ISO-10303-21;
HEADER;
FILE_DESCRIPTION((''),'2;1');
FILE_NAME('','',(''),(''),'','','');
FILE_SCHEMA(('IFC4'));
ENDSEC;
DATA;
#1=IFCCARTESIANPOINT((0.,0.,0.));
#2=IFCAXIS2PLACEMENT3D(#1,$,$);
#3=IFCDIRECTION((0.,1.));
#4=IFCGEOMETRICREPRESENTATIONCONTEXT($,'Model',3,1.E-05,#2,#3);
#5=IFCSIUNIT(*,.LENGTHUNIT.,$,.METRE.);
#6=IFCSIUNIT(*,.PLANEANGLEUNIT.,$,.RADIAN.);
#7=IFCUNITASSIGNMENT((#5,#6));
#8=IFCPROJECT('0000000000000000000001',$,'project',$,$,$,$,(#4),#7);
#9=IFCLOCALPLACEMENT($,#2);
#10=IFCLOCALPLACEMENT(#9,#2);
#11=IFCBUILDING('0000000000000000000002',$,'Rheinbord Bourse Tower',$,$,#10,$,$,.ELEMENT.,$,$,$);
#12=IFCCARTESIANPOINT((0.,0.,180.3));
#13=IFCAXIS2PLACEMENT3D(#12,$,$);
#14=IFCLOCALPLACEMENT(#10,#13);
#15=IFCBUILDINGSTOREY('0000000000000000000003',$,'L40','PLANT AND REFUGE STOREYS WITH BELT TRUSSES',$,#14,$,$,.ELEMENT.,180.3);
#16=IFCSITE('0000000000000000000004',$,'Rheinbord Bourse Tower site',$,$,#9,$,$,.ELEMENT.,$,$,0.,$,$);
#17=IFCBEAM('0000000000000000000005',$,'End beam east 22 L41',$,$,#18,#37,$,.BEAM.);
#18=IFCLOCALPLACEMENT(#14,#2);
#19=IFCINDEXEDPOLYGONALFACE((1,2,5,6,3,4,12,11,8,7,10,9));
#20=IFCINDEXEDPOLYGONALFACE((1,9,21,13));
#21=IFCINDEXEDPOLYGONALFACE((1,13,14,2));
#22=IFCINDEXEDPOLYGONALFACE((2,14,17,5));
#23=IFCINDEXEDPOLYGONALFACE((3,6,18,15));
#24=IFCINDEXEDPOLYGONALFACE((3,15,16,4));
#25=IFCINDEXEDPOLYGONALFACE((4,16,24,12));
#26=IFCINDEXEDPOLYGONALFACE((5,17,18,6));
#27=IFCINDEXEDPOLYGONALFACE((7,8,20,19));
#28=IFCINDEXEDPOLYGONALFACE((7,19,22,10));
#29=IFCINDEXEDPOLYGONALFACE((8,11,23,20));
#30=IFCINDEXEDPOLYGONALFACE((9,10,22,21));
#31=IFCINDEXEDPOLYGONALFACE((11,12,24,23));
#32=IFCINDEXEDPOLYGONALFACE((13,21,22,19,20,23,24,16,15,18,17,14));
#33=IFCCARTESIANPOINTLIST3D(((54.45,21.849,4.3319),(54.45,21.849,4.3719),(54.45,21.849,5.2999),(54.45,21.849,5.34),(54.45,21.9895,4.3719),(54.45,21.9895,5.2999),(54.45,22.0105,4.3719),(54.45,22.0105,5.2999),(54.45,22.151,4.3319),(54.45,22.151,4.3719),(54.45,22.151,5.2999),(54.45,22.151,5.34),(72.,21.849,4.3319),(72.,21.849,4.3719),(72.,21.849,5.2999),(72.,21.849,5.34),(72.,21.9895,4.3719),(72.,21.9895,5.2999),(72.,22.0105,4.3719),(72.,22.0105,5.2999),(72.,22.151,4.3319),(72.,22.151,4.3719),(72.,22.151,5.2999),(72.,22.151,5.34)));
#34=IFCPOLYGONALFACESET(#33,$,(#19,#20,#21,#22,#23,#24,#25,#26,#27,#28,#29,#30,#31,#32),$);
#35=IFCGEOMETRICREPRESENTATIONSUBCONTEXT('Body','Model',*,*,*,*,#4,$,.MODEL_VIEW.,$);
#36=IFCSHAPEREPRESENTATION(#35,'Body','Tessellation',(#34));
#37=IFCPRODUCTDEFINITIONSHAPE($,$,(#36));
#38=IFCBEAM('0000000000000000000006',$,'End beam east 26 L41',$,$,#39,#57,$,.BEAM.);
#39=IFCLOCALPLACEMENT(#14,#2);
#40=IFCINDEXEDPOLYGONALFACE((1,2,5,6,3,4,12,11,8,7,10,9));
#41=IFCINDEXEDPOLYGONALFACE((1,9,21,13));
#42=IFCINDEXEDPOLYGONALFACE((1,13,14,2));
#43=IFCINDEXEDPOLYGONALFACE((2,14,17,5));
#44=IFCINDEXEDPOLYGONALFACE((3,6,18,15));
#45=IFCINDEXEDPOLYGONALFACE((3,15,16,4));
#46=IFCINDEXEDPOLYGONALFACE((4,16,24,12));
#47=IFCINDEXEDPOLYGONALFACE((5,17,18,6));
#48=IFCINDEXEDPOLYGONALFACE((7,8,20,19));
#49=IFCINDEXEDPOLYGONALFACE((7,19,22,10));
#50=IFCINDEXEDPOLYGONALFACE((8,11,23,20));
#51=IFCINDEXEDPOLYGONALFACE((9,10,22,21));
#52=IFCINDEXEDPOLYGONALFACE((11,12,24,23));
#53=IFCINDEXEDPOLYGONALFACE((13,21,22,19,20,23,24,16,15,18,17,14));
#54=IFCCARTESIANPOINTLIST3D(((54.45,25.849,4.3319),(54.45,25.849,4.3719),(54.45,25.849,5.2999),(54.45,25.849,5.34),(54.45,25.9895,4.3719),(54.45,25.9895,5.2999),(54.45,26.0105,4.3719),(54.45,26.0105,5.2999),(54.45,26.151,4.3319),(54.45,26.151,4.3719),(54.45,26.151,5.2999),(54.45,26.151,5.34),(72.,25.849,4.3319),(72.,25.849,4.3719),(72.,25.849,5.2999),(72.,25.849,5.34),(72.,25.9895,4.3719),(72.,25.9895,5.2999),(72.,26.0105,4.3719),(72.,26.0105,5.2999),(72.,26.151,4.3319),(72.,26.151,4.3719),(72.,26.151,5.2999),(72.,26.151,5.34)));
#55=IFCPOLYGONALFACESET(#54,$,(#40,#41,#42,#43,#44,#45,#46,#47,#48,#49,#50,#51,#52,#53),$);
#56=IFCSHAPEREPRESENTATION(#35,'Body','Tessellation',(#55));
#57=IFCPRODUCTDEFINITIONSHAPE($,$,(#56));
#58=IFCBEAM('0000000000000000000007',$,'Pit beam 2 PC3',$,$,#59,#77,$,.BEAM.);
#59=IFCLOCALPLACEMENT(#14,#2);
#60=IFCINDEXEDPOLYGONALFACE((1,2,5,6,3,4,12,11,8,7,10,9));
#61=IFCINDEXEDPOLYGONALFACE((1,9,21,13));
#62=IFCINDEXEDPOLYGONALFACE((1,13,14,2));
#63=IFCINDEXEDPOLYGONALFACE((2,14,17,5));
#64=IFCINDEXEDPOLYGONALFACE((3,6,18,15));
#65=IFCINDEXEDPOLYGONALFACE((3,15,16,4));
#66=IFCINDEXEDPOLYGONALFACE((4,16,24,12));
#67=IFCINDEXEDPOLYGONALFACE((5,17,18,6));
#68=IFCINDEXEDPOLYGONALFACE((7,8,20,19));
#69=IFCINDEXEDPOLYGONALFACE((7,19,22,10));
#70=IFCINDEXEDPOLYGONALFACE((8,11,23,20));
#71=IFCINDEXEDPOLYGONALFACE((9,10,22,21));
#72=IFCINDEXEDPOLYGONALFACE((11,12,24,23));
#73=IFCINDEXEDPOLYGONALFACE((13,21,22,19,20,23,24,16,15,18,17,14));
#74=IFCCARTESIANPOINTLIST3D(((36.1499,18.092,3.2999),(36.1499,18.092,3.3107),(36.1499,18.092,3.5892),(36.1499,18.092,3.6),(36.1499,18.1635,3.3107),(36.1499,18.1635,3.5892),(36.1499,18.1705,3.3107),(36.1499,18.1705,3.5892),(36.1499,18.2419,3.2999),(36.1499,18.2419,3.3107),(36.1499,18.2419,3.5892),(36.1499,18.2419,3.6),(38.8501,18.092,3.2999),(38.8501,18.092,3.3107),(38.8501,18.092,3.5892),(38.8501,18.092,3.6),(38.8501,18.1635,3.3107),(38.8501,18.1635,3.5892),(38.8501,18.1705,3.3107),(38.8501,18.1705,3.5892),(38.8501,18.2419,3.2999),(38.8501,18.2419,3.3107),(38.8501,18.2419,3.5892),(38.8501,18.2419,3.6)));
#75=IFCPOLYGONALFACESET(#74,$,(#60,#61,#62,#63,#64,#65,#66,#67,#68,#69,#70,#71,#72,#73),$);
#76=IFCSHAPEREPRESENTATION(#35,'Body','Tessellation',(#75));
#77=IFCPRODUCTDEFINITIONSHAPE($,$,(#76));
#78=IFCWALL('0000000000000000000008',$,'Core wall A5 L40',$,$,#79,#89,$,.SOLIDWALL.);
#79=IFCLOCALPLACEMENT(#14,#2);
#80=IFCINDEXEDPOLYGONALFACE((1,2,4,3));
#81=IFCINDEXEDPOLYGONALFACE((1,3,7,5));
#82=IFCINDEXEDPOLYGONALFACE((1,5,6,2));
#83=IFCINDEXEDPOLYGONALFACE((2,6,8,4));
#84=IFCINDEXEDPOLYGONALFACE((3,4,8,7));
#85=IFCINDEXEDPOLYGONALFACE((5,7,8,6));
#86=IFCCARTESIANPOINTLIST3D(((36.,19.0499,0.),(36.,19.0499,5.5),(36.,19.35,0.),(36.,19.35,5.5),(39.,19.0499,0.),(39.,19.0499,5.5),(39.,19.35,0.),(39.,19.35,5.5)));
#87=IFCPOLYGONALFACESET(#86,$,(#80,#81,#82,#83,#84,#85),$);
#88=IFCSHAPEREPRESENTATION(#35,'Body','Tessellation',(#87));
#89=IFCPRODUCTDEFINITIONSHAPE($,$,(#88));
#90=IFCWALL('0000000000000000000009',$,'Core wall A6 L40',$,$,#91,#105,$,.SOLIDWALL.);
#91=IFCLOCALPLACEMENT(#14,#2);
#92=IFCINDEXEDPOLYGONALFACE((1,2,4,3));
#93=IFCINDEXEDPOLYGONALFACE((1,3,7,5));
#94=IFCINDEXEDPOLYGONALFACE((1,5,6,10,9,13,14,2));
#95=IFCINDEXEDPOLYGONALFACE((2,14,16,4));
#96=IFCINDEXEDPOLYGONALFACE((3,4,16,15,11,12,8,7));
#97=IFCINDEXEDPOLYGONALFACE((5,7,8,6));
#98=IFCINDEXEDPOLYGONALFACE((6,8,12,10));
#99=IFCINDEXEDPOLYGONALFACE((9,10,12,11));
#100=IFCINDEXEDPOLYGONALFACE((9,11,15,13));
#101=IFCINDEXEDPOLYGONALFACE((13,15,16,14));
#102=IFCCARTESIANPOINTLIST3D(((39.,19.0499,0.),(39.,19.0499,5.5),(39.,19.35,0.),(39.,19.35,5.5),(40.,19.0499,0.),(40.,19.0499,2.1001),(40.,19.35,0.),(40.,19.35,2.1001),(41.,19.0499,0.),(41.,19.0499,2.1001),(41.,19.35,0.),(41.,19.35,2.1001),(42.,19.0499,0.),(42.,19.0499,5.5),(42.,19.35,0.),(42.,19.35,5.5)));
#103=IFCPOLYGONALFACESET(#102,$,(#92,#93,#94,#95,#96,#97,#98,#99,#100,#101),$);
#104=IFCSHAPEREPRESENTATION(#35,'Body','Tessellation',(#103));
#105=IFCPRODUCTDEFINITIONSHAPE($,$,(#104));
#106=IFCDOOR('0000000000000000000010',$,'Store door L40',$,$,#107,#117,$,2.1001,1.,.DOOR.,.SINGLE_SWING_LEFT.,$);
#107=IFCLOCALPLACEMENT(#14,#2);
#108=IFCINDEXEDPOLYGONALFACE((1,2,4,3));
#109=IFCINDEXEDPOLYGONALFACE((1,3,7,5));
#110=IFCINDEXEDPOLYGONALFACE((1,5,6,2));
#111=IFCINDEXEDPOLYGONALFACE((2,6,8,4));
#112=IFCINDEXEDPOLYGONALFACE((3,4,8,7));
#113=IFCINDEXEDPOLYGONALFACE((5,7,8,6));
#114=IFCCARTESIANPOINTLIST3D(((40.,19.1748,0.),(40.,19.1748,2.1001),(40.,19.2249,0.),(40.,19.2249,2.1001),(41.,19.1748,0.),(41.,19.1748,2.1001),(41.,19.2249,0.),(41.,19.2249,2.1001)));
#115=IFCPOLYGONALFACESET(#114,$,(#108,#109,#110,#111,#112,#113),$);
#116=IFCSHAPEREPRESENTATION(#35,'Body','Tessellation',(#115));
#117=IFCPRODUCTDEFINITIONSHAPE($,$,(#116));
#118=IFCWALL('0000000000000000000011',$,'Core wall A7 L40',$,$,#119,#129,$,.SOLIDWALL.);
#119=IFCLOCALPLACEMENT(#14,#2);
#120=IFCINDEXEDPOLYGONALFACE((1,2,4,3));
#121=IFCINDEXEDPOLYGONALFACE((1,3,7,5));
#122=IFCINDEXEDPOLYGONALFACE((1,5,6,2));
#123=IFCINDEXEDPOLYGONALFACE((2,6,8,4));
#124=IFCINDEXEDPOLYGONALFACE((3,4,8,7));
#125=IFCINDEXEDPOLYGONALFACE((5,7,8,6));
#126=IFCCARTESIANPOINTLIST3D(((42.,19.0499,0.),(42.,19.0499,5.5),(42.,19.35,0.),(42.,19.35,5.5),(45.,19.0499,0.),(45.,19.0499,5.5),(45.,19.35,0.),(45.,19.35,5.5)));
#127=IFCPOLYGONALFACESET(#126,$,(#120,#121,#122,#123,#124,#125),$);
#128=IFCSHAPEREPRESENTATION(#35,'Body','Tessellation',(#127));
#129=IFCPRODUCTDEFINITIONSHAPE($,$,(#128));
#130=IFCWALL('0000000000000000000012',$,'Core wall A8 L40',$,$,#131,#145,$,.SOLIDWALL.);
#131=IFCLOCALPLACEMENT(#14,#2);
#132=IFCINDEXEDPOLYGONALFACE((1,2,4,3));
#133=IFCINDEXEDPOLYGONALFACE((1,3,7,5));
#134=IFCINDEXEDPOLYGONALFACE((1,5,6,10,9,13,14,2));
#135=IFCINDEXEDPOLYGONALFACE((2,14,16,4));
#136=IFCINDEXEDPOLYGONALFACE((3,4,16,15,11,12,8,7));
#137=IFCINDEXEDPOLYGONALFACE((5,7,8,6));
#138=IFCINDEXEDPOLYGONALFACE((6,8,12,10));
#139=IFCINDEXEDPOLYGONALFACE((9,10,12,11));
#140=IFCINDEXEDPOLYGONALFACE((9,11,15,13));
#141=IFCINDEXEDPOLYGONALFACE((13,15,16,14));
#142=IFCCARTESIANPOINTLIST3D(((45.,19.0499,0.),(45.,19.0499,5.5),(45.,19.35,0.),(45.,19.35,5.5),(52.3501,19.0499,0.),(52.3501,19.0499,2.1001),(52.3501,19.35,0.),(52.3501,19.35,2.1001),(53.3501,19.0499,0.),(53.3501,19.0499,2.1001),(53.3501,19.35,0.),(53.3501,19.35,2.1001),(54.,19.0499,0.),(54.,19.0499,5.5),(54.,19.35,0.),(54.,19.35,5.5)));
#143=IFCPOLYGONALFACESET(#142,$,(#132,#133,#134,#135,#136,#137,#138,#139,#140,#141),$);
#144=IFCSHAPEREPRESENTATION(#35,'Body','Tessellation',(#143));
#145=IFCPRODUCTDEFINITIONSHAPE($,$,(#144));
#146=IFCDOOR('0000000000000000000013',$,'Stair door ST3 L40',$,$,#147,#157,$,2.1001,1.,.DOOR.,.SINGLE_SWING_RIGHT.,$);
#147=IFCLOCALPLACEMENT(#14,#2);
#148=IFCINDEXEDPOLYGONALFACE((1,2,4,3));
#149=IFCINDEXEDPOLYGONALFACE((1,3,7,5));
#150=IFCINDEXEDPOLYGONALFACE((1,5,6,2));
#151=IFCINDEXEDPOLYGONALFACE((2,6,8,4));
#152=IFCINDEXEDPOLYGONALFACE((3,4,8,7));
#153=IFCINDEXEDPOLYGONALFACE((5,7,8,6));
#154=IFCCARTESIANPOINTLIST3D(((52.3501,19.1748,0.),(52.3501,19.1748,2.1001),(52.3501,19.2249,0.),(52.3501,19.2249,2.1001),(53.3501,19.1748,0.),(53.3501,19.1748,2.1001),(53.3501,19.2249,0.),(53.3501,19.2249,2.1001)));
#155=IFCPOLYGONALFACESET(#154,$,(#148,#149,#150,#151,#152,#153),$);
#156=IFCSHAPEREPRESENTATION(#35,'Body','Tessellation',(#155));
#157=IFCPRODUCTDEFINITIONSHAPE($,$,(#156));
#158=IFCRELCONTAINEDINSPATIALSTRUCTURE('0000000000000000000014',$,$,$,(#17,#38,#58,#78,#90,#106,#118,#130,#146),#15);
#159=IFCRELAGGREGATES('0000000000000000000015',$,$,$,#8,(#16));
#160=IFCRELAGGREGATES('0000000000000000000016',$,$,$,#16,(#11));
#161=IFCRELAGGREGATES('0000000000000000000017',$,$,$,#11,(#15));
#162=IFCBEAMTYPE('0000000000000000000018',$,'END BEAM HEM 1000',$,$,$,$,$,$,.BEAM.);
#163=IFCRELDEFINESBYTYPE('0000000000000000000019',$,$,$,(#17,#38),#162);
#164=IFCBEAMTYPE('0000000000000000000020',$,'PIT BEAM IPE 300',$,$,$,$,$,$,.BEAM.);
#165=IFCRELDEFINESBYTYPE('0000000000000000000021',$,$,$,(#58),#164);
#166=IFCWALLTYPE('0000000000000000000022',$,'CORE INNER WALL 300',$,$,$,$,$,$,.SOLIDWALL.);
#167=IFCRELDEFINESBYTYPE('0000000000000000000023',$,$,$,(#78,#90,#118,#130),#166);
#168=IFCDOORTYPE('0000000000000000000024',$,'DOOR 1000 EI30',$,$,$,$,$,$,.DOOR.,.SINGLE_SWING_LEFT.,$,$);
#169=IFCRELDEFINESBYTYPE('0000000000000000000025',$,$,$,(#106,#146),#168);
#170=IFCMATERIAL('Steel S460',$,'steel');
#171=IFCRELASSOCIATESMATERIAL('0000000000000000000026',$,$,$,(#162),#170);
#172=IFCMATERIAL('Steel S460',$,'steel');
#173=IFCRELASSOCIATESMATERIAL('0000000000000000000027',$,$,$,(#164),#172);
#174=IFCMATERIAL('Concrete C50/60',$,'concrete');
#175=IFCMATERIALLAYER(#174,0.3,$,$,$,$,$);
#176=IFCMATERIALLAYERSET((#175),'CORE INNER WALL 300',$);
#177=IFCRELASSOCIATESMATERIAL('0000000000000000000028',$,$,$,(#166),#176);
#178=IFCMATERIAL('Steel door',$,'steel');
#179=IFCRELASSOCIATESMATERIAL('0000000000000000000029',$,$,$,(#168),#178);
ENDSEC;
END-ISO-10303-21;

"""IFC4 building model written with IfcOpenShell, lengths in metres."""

from ifc_helpers import new_model, si_unit, direction, frame, frame_2d, origin, origin_2d, place, context, subcontext, project, spatial, rectangle, i_section, extrude, material, layer, layer_set, material_profile, profile_set, type_object, element, fill, save


model = new_model("IFC4")

# Units and contexts
model_context = context("Model", 3, precision=1e-05, world=origin(), true_north=direction((0.0, 1.0)))
body_context = subcontext(model_context, "Body", "Model", "MODEL_VIEW")
ifc_project = project(units=[si_unit("LENGTHUNIT", "METRE"), si_unit("PLANEANGLEUNIT", "RADIAN")], contexts=[model_context])

# Site, building, storey
site_placement = place(None, origin())
site = spatial("IfcSite", under=ifc_project, at=site_placement, Name="Rheinbord Bourse Tower site", CompositionType="ELEMENT", RefElevation=0.0)
building_placement = place(site_placement, origin())
building = spatial("IfcBuilding", under=site, at=building_placement, Name="Rheinbord Bourse Tower", CompositionType="ELEMENT")
storey_placement = place(building_placement, frame((0.0, 0.0, 180.3)))
storey = spatial("IfcBuildingStorey", under=building, at=storey_placement, Name="L40", Description="PLANT AND REFUGE STOREYS WITH BELT TRUSSES", CompositionType="ELEMENT", Elevation=180.3)

# Beams
ifc_material_1 = material(Name="Steel S460", Category="steel")
ifc_material_profile_1 = material_profile(ifc_material_1, i_section(OverallWidth=0.302, OverallDepth=1.0081, WebThickness=0.021, FlangeThickness=0.04, at=origin_2d()), Name="HEM 1000")
ifc_profile_set_1 = profile_set([ifc_material_profile_1], Name="Steel S460")
beam_type_1 = type_object("IfcBeamType", Name="END BEAM HEM 1000", PredefinedType="BEAM", material=ifc_profile_set_1)
for number, where, z_axis, x_axis, name in (
    (1, (54.45, 22.0, 4.8359), (1.0, 0.0, 0.0), (0.0, 1.0, 0.0), "End beam east 22 L41"),
    (2, (54.45, 26.0, 4.8359), (1.0, 0.0, 0.0), (0.0, 1.0, 0.0), "End beam east 26 L41"),
):
    element("IfcBeam", number, at=place(storey_placement, frame(where, z_axis=z_axis, x_axis=x_axis)), inside=storey, type_object=beam_type_1, Name=name, PredefinedType="BEAM", context=body_context, shape_type="SweptSolid", body=[
        extrude(i_section(OverallWidth=0.302, OverallDepth=1.0081, WebThickness=0.021, FlangeThickness=0.04, at=origin_2d()), origin(), (0.0, 0.0, 1.0), 17.55),
    ])
ifc_material_2 = material(Name="Steel S460", Category="steel")
ifc_material_profile_2 = material_profile(ifc_material_2, i_section(OverallWidth=0.1499, OverallDepth=0.3, WebThickness=0.0071, FlangeThickness=0.0107, at=origin_2d()), Name="IPE 300")
ifc_profile_set_2 = profile_set([ifc_material_profile_2], Name="Steel S460")
beam_type_2 = type_object("IfcBeamType", Name="PIT BEAM IPE 300", PredefinedType="BEAM", material=ifc_profile_set_2)
beam_placement = place(storey_placement, frame((36.1499, 18.167, 3.45), z_axis=(1.0, 0.0, 0.0), x_axis=(0.0, 1.0, 0.0)))
element("IfcBeam", 3, at=beam_placement, inside=storey, type_object=beam_type_2, Name="Pit beam 2 PC3", PredefinedType="BEAM", context=body_context, shape_type="SweptSolid", body=[
    extrude(i_section(OverallWidth=0.1499, OverallDepth=0.3, WebThickness=0.0071, FlangeThickness=0.0107, at=origin_2d()), origin(), (0.0, 0.0, 1.0), 2.7002),
])

# Wall
ifc_material_3 = material(Name="Concrete C50/60", Category="concrete")
ifc_layer_1 = layer(ifc_material_3, 0.3)
ifc_layer_set_1 = layer_set([ifc_layer_1], Name="CORE INNER WALL 300")
wall_type_1 = type_object("IfcWallType", Name="CORE INNER WALL 300", PredefinedType="SOLIDWALL", material=ifc_layer_set_1)
wall_1_placement = place(storey_placement, frame((36.0, 19.2, 0.0), z_axis=(0.0, 0.0, 1.0), x_axis=(1.0, 0.0, 0.0)))
element("IfcWall", 4, at=wall_1_placement, inside=storey, type_object=wall_type_1, Name="Core wall A5 L40", PredefinedType="SOLIDWALL", context=body_context, shape_type="SweptSolid", body=[
    extrude(rectangle(XDim=3.0, YDim=0.3, at=frame_2d((1.5, 0.0))), origin(), (0.0, 0.0, 1.0), 5.5),
])

# Wall, opening, door
wall_2_placement = place(storey_placement, frame((39.0, 19.2, 0.0), z_axis=(0.0, 0.0, 1.0), x_axis=(1.0, 0.0, 0.0)))
wall_2 = element("IfcWall", 5, at=wall_2_placement, inside=storey, type_object=wall_type_1, Name="Core wall A6 L40", PredefinedType="SOLIDWALL", context=body_context, shape_type="SweptSolid", body=[
    extrude(rectangle(XDim=3.0, YDim=0.3, at=frame_2d((1.5, 0.0))), origin(), (0.0, 0.0, 1.0), 5.5),
])
opening_1_placement = place(wall_2_placement, frame((1.0, 0.0, 0.0)))
opening_1 = element("IfcOpeningElement", 6, at=opening_1_placement, cuts=wall_2, PredefinedType="OPENING", context=body_context, shape_type="SweptSolid", body=[
    extrude(rectangle(XDim=1.0, YDim=2.1001, at=frame_2d((0.5, 1.05))), frame((0.0, 0.1599, 0.0), z_axis=(0.0, -1.0, 0.0), x_axis=(1.0, 0.0, 0.0)), (0.0, 0.0, 1.0), 0.3201),
])
ifc_material_4 = material(Name="Steel door", Category="steel")
door_type_1 = type_object("IfcDoorType", Name="DOOR 1000 EI30", OperationType="SINGLE_SWING_LEFT", PredefinedType="DOOR", material=ifc_material_4)
door_1_placement = place(opening_1_placement, origin())
door_1 = element("IfcDoor", 7, at=door_1_placement, inside=storey, type_object=door_type_1, Name="Store door L40", OperationType="SINGLE_SWING_LEFT", OverallHeight=2.1001, OverallWidth=1.0, PredefinedType="DOOR", context=body_context, shape_type="SweptSolid", body=[
    extrude(rectangle(XDim=1.0, YDim=2.1001, at=frame_2d((0.5, 1.05))), frame((0.0, 0.0249, 0.0), z_axis=(0.0, -1.0, 0.0), x_axis=(1.0, 0.0, 0.0)), (0.0, 0.0, 1.0), 0.05),
])
fill(opening_1, door_1)

# Wall
wall_3_placement = place(storey_placement, frame((42.0, 19.2, 0.0), z_axis=(0.0, 0.0, 1.0), x_axis=(1.0, 0.0, 0.0)))
element("IfcWall", 8, at=wall_3_placement, inside=storey, type_object=wall_type_1, Name="Core wall A7 L40", PredefinedType="SOLIDWALL", context=body_context, shape_type="SweptSolid", body=[
    extrude(rectangle(XDim=3.0, YDim=0.3, at=frame_2d((1.5, 0.0))), origin(), (0.0, 0.0, 1.0), 5.5),
])

# Wall, opening, door
wall_4_placement = place(storey_placement, frame((45.0, 19.2, 0.0), z_axis=(0.0, 0.0, 1.0), x_axis=(1.0, 0.0, 0.0)))
wall_4 = element("IfcWall", 9, at=wall_4_placement, inside=storey, type_object=wall_type_1, Name="Core wall A8 L40", PredefinedType="SOLIDWALL", context=body_context, shape_type="SweptSolid", body=[
    extrude(rectangle(XDim=9.0, YDim=0.3, at=frame_2d((4.5, 0.0))), origin(), (0.0, 0.0, 1.0), 5.5),
])
opening_2_placement = place(wall_4_placement, frame((7.3501, 0.0, 0.0)))
opening_2 = element("IfcOpeningElement", 10, at=opening_2_placement, cuts=wall_4, PredefinedType="OPENING", context=body_context, shape_type="SweptSolid", body=[
    extrude(rectangle(XDim=1.0, YDim=2.1001, at=frame_2d((0.5, 1.05))), frame((0.0, 0.1599, 0.0), z_axis=(0.0, -1.0, 0.0), x_axis=(1.0, 0.0, 0.0)), (0.0, 0.0, 1.0), 0.3201),
])
door_2_placement = place(opening_2_placement, origin())
door_2 = element("IfcDoor", 11, at=door_2_placement, inside=storey, type_object=door_type_1, Name="Stair door ST3 L40", OperationType="SINGLE_SWING_RIGHT", OverallHeight=2.1001, OverallWidth=1.0, PredefinedType="DOOR", context=body_context, shape_type="SweptSolid", body=[
    extrude(rectangle(XDim=1.0, YDim=2.1001, at=frame_2d((0.5, 1.05))), frame((0.0, 0.0249, 0.0), z_axis=(0.0, -1.0, 0.0), x_axis=(1.0, 0.0, 0.0)), (0.0, 0.0, 1.0), 0.05),
])
fill(opening_2, door_2)

save(model, "model.ifc")
